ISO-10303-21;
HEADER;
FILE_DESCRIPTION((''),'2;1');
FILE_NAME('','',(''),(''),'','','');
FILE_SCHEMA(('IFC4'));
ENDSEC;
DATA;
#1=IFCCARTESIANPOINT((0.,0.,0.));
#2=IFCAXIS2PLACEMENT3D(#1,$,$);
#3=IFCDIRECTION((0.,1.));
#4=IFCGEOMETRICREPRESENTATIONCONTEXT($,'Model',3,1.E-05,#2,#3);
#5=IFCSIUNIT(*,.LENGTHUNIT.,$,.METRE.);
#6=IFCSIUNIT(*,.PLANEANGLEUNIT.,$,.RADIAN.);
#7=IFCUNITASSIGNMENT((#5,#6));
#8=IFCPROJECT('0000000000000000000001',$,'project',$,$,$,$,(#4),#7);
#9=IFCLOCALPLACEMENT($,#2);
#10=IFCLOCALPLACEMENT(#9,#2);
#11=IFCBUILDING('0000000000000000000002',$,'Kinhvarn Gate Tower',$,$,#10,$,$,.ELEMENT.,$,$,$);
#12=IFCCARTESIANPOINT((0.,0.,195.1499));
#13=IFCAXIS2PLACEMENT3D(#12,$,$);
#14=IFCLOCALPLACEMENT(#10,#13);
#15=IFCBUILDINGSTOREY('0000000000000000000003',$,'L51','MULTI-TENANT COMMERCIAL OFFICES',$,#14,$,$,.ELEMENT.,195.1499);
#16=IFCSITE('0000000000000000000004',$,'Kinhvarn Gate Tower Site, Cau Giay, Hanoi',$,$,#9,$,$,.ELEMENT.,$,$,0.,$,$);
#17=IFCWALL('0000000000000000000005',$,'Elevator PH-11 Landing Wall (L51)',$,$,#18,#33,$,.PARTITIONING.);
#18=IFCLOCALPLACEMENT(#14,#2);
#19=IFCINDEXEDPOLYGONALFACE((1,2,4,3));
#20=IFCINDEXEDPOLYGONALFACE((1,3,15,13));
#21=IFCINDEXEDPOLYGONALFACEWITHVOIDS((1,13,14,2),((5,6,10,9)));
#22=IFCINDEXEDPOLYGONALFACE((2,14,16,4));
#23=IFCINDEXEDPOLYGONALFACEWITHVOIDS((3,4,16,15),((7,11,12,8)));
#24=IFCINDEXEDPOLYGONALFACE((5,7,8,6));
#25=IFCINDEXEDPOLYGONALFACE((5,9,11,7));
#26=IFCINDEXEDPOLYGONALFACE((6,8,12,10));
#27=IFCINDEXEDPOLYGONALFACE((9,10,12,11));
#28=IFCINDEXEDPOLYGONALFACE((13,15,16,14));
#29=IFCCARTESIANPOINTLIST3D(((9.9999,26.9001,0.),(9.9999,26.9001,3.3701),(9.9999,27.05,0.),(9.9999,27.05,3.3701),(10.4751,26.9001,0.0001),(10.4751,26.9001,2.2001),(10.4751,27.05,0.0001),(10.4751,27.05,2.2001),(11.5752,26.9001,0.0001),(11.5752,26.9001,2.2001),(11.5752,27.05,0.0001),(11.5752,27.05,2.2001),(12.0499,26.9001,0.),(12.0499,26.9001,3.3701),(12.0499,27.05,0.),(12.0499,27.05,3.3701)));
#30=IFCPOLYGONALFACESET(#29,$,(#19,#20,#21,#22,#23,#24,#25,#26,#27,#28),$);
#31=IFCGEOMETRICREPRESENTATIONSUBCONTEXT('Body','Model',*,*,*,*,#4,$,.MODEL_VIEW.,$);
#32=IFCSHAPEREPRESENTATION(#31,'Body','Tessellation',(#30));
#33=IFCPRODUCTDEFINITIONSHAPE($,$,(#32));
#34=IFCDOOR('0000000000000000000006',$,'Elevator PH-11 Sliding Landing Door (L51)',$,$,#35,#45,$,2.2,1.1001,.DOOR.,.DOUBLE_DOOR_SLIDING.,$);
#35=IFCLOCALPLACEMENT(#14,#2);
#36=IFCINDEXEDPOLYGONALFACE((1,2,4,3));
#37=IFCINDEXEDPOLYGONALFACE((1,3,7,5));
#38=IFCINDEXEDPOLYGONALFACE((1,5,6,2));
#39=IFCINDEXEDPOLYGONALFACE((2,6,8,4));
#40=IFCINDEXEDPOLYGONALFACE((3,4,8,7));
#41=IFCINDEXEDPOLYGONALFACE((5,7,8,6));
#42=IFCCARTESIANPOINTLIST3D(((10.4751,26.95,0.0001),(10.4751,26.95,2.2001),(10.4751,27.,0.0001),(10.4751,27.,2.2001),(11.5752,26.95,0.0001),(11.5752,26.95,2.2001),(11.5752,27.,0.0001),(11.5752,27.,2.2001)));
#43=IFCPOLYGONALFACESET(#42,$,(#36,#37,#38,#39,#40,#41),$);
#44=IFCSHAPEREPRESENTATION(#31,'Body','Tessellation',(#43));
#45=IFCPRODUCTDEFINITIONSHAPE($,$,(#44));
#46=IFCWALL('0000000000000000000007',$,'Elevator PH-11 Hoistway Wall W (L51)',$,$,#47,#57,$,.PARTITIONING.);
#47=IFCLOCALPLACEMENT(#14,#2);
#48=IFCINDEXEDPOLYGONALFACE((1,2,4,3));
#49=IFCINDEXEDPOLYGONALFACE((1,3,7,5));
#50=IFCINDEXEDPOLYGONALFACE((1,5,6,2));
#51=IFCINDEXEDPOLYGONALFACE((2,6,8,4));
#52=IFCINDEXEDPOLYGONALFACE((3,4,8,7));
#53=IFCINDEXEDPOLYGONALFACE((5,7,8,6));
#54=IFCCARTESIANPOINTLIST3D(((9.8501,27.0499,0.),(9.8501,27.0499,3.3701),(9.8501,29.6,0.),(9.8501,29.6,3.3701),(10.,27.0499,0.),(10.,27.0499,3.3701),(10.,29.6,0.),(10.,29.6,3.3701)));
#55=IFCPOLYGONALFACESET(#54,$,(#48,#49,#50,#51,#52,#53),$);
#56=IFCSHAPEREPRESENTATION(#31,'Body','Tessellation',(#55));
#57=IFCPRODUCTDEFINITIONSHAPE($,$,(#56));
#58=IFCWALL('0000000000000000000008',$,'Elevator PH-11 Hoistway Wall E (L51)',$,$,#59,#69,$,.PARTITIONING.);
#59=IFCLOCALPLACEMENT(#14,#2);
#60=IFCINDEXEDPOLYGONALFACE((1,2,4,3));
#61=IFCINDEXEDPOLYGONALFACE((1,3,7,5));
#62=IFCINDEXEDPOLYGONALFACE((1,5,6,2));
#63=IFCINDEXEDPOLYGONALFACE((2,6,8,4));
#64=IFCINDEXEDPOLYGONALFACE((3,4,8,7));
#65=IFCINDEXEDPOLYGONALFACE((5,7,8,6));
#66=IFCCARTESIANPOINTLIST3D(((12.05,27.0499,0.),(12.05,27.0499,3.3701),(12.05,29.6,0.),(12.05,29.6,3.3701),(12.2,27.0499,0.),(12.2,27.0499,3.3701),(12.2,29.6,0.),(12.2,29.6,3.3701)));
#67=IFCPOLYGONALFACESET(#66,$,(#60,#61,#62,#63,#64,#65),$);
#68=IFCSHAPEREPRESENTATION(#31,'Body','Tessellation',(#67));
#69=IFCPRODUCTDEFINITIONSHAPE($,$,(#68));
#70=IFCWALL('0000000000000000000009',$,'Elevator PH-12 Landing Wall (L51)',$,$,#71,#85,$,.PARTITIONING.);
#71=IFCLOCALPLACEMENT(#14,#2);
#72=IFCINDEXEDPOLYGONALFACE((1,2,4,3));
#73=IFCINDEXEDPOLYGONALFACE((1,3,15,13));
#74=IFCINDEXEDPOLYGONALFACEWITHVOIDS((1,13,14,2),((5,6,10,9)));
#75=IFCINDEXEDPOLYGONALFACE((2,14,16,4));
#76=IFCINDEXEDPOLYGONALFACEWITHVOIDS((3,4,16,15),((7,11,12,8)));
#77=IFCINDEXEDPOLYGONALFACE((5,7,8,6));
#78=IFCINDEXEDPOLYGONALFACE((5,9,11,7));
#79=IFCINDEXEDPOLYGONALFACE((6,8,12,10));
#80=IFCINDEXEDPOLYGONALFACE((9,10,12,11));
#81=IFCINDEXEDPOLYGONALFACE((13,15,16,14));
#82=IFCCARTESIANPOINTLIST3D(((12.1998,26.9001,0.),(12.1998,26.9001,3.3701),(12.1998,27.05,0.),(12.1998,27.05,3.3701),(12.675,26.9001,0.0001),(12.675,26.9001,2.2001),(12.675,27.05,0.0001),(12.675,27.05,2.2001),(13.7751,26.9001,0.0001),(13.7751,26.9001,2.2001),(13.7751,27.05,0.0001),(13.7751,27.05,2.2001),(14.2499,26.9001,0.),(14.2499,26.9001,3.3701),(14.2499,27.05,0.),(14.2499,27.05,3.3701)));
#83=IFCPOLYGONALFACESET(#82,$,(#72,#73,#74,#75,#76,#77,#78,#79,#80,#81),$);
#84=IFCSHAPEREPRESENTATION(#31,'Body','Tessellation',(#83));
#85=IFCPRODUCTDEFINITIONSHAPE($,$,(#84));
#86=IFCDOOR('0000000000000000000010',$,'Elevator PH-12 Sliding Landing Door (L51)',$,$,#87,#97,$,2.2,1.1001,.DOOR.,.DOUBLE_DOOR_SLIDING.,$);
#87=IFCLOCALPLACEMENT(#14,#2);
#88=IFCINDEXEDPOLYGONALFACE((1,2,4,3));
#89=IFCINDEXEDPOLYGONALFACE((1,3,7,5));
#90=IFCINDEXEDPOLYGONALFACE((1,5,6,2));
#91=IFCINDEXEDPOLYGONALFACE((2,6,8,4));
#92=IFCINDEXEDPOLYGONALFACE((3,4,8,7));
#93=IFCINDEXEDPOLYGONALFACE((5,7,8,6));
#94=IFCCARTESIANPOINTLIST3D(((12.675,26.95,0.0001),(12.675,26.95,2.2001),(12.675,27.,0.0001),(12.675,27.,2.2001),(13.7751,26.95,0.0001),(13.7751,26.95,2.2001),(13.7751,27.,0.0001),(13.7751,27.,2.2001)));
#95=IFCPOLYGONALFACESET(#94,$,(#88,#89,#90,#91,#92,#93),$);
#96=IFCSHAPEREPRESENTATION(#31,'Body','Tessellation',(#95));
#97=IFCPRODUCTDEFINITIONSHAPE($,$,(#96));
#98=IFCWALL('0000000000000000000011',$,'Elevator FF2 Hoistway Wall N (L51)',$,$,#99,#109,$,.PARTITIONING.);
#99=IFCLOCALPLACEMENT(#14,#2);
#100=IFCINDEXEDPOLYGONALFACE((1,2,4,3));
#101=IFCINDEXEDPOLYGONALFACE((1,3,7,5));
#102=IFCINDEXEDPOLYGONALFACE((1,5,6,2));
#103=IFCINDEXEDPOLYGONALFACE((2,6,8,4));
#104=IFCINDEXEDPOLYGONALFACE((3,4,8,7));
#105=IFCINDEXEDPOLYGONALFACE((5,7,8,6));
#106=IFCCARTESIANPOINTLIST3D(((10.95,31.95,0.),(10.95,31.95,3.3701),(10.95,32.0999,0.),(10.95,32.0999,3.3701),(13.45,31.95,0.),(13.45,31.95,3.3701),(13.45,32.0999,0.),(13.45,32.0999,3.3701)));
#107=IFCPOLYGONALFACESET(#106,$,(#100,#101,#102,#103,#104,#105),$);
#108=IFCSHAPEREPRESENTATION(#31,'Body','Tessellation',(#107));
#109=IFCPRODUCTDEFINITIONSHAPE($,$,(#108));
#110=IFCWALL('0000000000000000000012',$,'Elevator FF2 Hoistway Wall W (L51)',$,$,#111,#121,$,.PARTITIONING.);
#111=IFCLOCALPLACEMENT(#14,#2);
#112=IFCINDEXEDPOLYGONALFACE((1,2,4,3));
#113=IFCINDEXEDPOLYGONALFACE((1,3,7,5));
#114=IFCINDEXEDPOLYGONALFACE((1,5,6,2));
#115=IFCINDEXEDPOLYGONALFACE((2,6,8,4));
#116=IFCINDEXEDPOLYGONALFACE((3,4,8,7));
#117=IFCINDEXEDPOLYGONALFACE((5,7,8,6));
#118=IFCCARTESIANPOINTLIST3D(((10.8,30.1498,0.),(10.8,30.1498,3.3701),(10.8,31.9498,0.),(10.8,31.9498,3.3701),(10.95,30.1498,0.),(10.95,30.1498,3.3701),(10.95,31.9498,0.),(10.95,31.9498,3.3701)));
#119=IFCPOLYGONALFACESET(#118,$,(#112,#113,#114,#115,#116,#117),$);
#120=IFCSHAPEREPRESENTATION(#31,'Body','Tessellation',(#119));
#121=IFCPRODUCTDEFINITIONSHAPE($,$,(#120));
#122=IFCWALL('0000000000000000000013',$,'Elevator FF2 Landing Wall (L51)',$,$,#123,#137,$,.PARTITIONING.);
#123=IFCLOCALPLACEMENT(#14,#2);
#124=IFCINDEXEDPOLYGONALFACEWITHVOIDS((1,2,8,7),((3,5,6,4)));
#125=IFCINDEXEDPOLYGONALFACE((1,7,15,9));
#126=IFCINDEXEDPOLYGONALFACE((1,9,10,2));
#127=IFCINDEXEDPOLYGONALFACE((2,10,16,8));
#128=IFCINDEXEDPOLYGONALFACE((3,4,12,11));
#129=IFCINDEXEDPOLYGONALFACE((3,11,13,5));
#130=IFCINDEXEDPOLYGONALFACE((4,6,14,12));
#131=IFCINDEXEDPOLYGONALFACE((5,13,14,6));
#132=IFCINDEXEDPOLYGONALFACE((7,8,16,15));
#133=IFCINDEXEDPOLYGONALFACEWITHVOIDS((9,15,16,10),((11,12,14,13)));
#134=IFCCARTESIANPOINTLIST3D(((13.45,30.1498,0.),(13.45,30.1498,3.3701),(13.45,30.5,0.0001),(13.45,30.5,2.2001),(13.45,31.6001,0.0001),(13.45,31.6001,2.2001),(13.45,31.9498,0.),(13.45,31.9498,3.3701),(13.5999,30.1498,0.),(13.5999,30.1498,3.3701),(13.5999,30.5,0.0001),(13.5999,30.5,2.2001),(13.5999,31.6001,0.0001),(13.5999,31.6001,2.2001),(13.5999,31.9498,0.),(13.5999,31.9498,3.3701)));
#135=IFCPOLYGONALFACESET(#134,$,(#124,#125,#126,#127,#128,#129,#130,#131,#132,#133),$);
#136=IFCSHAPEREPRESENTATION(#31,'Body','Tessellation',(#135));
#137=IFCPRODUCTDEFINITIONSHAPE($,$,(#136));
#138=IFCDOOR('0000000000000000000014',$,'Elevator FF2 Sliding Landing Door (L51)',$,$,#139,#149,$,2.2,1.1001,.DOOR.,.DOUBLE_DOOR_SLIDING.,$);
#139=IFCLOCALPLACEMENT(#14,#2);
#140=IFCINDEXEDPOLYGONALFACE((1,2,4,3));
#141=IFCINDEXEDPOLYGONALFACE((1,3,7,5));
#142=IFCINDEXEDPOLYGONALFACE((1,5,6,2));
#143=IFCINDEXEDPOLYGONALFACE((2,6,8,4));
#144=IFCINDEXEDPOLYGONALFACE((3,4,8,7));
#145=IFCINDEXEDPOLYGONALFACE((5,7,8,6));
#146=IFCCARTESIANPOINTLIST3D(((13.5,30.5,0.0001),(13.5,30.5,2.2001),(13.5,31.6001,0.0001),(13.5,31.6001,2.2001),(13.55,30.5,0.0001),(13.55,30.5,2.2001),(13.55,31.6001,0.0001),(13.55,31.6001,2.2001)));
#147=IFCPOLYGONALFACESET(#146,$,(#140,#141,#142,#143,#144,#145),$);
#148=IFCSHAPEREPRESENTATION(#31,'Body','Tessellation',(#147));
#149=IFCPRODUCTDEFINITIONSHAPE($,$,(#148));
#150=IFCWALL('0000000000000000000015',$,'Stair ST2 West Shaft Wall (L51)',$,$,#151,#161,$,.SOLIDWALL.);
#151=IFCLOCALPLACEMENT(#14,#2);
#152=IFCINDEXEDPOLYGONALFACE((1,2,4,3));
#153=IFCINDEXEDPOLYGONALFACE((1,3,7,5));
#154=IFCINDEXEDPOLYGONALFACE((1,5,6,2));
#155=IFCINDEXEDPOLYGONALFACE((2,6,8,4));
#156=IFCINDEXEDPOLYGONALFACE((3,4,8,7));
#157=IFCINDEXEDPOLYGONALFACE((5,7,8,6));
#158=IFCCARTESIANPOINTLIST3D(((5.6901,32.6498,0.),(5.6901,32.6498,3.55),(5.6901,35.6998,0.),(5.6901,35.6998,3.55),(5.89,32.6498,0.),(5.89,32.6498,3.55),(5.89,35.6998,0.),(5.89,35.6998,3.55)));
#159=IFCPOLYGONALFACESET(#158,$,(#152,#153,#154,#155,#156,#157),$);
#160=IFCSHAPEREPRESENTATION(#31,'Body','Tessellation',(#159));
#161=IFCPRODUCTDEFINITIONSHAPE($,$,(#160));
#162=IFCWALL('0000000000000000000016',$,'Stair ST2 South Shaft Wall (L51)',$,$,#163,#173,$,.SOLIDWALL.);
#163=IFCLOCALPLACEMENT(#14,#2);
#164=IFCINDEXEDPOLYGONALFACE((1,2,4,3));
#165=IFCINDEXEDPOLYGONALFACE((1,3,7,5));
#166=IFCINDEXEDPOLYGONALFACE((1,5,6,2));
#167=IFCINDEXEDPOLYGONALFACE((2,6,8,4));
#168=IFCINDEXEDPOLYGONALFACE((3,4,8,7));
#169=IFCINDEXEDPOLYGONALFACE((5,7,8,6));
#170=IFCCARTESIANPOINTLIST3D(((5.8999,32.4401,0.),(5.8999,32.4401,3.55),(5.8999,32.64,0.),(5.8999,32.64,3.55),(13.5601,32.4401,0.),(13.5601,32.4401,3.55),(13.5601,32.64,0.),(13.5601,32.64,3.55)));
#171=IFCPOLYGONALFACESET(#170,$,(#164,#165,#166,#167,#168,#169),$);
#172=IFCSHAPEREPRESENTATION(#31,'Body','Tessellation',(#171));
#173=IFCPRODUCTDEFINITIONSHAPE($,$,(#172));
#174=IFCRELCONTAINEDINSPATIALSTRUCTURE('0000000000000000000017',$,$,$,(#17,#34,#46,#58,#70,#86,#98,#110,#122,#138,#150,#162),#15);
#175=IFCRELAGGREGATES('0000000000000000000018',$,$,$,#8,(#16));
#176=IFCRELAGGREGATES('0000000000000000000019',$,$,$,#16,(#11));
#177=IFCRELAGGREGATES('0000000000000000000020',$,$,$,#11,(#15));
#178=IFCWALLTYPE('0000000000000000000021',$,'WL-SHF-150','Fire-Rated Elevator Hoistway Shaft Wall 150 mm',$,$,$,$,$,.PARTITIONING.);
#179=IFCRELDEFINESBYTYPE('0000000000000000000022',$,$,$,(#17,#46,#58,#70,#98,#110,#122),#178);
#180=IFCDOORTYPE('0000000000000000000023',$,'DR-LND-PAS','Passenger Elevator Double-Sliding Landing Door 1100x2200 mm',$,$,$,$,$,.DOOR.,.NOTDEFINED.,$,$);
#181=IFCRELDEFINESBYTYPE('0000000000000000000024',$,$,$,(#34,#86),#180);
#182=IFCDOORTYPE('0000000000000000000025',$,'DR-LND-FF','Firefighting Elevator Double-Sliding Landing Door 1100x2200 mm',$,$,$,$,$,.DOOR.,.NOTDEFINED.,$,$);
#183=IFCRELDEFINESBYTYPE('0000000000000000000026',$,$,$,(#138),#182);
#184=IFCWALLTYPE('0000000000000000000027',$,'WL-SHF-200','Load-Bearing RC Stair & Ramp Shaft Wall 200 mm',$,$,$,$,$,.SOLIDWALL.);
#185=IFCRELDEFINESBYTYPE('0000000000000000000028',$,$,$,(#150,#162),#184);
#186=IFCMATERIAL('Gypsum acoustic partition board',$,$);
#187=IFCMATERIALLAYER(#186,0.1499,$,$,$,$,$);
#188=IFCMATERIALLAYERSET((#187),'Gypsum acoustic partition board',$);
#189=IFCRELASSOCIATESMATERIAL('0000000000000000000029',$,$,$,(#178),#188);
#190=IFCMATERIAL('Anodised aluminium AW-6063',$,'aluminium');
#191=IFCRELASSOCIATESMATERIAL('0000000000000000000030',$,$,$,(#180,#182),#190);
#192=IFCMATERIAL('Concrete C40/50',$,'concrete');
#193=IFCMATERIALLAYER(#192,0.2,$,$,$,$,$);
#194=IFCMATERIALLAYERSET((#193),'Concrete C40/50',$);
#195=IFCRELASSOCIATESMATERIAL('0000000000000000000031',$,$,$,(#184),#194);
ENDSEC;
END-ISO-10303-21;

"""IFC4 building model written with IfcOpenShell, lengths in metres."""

from ifc_helpers import new_model, si_unit, direction, frame, frame_2d, origin, place, context, subcontext, project, spatial, rectangle, extrude, material, layer, layer_set, type_object, element, fill, save


model = new_model("IFC4")

# Units and contexts
model_context = context("Model", 3, precision=1e-05, world=origin(), true_north=direction((0.0, 1.0)))
body_context = subcontext(model_context, "Body", "Model", "MODEL_VIEW")
ifc_project = project(units=[si_unit("LENGTHUNIT", "METRE"), si_unit("PLANEANGLEUNIT", "RADIAN")], contexts=[model_context])

# Site, building, storey
site_placement = place(None, origin())
site = spatial("IfcSite", under=ifc_project, at=site_placement, Name="Kinhvarn Gate Tower Site, Cau Giay, Hanoi", CompositionType="ELEMENT", RefElevation=0.0)
building_placement = place(site_placement, origin())
building = spatial("IfcBuilding", under=site, at=building_placement, Name="Kinhvarn Gate Tower", CompositionType="ELEMENT")
storey_placement = place(building_placement, frame((0.0, 0.0, 195.1499)))
storey = spatial("IfcBuildingStorey", under=building, at=storey_placement, Name="L51", Description="MULTI-TENANT COMMERCIAL OFFICES", CompositionType="ELEMENT", Elevation=195.1499)

# Shared definitions
ifc_material_1 = material(Name="Gypsum acoustic partition board")

# Shared definitions
ifc_material_2 = material(Name="Anodised aluminium AW-6063", Category="aluminium")

# Wall, opening, door
ifc_layer_1 = layer(ifc_material_1, 0.1499)
ifc_layer_set_1 = layer_set([ifc_layer_1], Name="Gypsum acoustic partition board")
wall_type_1 = type_object("IfcWallType", Name="WL-SHF-150", Description="Fire-Rated Elevator Hoistway Shaft Wall 150 mm", PredefinedType="PARTITIONING", material=ifc_layer_set_1)
door_type_1 = type_object("IfcDoorType", Name="DR-LND-PAS", Description="Passenger Elevator Double-Sliding Landing Door 1100x2200 mm", OperationType="NOTDEFINED", PredefinedType="DOOR", material=ifc_material_2)
wall_1_placement = place(storey_placement, frame((10.0, 26.9751, 0.0), z_axis=(0.0, 0.0, 1.0), x_axis=(1.0, 0.0, 0.0)))
wall_1 = element("IfcWall", 1, at=wall_1_placement, inside=storey, type_object=wall_type_1, Name="Elevator PH-11 Landing Wall (L51)", PredefinedType="PARTITIONING", context=body_context, shape_type="SweptSolid", body=[
    extrude(rectangle(XDim=2.05, YDim=0.1499, at=frame_2d((1.0249, 0.0))), origin(), (0.0, 0.0, 1.0), 3.3701),
])
opening_1_placement = place(wall_1_placement, frame((0.4751, 0.0, 0.0)))
opening_1 = element("IfcOpeningElement", 2, at=opening_1_placement, cuts=wall_1, PredefinedType="OPENING", context=body_context, shape_type="SweptSolid", body=[
    extrude(rectangle(XDim=1.1001, YDim=2.2, at=frame_2d((0.55, 1.1001))), frame((0.0, 0.085, 0.0), z_axis=(0.0, -1.0, 0.0), x_axis=(1.0, 0.0, 0.0)), (0.0, 0.0, 1.0), 0.1699),
])
door_1_placement = place(opening_1_placement, origin())
door_1 = element("IfcDoor", 3, at=door_1_placement, inside=storey, type_object=door_type_1, Name="Elevator PH-11 Sliding Landing Door (L51)", OperationType="DOUBLE_DOOR_SLIDING", OverallHeight=2.2, OverallWidth=1.1001, PredefinedType="DOOR", context=body_context, shape_type="SweptSolid", body=[
    extrude(rectangle(XDim=1.1001, YDim=2.2, at=frame_2d((0.55, 1.1001))), frame((0.0, 0.0249, 0.0), z_axis=(0.0, -1.0, 0.0), x_axis=(1.0, 0.0, 0.0)), (0.0, 0.0, 1.0), 0.05),
])
fill(opening_1, door_1)

# Walls
for number, where, z_axis, x_axis, name in (
    (4, (9.925, 27.05, 0.0), (0.0, 0.0, 1.0), (0.0, 1.0, 0.0), "Elevator PH-11 Hoistway Wall W (L51)"),
    (5, (12.125, 27.05, 0.0), (0.0, 0.0, 1.0), (0.0, 1.0, 0.0), "Elevator PH-11 Hoistway Wall E (L51)"),
):
    element("IfcWall", number, at=place(storey_placement, frame(where, z_axis=z_axis, x_axis=x_axis)), inside=storey, type_object=wall_type_1, Name=name, PredefinedType="PARTITIONING", context=body_context, shape_type="SweptSolid", body=[
        extrude(rectangle(XDim=2.55, YDim=0.1499, at=frame_2d((1.2749, 0.0))), origin(), (0.0, 0.0, 1.0), 3.3701),
    ])

# Wall, opening, door
wall_2_placement = place(storey_placement, frame((12.2, 26.9751, 0.0), z_axis=(0.0, 0.0, 1.0), x_axis=(1.0, 0.0, 0.0)))
wall_2 = element("IfcWall", 6, at=wall_2_placement, inside=storey, type_object=wall_type_1, Name="Elevator PH-12 Landing Wall (L51)", PredefinedType="PARTITIONING", context=body_context, shape_type="SweptSolid", body=[
    extrude(rectangle(XDim=2.05, YDim=0.1499, at=frame_2d((1.0249, 0.0))), origin(), (0.0, 0.0, 1.0), 3.3701),
])
opening_2_placement = place(wall_2_placement, frame((0.4751, 0.0, 0.0)))
opening_2 = element("IfcOpeningElement", 7, at=opening_2_placement, cuts=wall_2, PredefinedType="OPENING", context=body_context, shape_type="SweptSolid", body=[
    extrude(rectangle(XDim=1.1001, YDim=2.2, at=frame_2d((0.55, 1.1001))), frame((0.0, 0.085, 0.0), z_axis=(0.0, -1.0, 0.0), x_axis=(1.0, 0.0, 0.0)), (0.0, 0.0, 1.0), 0.1699),
])
door_2_placement = place(opening_2_placement, origin())
door_2 = element("IfcDoor", 8, at=door_2_placement, inside=storey, type_object=door_type_1, Name="Elevator PH-12 Sliding Landing Door (L51)", OperationType="DOUBLE_DOOR_SLIDING", OverallHeight=2.2, OverallWidth=1.1001, PredefinedType="DOOR", context=body_context, shape_type="SweptSolid", body=[
    extrude(rectangle(XDim=1.1001, YDim=2.2, at=frame_2d((0.55, 1.1001))), frame((0.0, 0.0249, 0.0), z_axis=(0.0, -1.0, 0.0), x_axis=(1.0, 0.0, 0.0)), (0.0, 0.0, 1.0), 0.05),
])
fill(opening_2, door_2)

# Walls
wall_3_placement = place(storey_placement, frame((10.95, 32.0249, 0.0), z_axis=(0.0, 0.0, 1.0), x_axis=(1.0, 0.0, 0.0)))
element("IfcWall", 9, at=wall_3_placement, inside=storey, type_object=wall_type_1, Name="Elevator FF2 Hoistway Wall N (L51)", PredefinedType="PARTITIONING", context=body_context, shape_type="SweptSolid", body=[
    extrude(rectangle(XDim=2.5, YDim=0.1499, at=frame_2d((1.25, 0.0))), origin(), (0.0, 0.0, 1.0), 3.3701),
])
wall_4_placement = place(storey_placement, frame((10.875, 30.1499, 0.0), z_axis=(0.0, 0.0, 1.0), x_axis=(0.0, 1.0, 0.0)))
element("IfcWall", 10, at=wall_4_placement, inside=storey, type_object=wall_type_1, Name="Elevator FF2 Hoistway Wall W (L51)", PredefinedType="PARTITIONING", context=body_context, shape_type="SweptSolid", body=[
    extrude(rectangle(XDim=1.8, YDim=0.1499, at=frame_2d((0.8999, 0.0))), origin(), (0.0, 0.0, 1.0), 3.3701),
])

# Wall, opening, door
wall_5_placement = place(storey_placement, frame((13.5249, 30.1499, 0.0), z_axis=(0.0, 0.0, 1.0), x_axis=(0.0, 1.0, 0.0)))
wall_5 = element("IfcWall", 11, at=wall_5_placement, inside=storey, type_object=wall_type_1, Name="Elevator FF2 Landing Wall (L51)", PredefinedType="PARTITIONING", context=body_context, shape_type="SweptSolid", body=[
    extrude(rectangle(XDim=1.8, YDim=0.1499, at=frame_2d((0.8999, 0.0))), origin(), (0.0, 0.0, 1.0), 3.3701),
])
opening_3_placement = place(wall_5_placement, frame((0.3501, 0.0, 0.0)))
opening_3 = element("IfcOpeningElement", 12, at=opening_3_placement, cuts=wall_5, PredefinedType="OPENING", context=body_context, shape_type="SweptSolid", body=[
    extrude(rectangle(XDim=1.1001, YDim=2.2, at=frame_2d((0.55, 1.1001))), frame((0.0, 0.085, 0.0), z_axis=(0.0, -1.0, 0.0), x_axis=(1.0, 0.0, 0.0)), (0.0, 0.0, 1.0), 0.1699),
])
door_type_2 = type_object("IfcDoorType", Name="DR-LND-FF", Description="Firefighting Elevator Double-Sliding Landing Door 1100x2200 mm", OperationType="NOTDEFINED", PredefinedType="DOOR", material=ifc_material_2)
door_3_placement = place(opening_3_placement, origin())
door_3 = element("IfcDoor", 13, at=door_3_placement, inside=storey, type_object=door_type_2, Name="Elevator FF2 Sliding Landing Door (L51)", OperationType="DOUBLE_DOOR_SLIDING", OverallHeight=2.2, OverallWidth=1.1001, PredefinedType="DOOR", context=body_context, shape_type="SweptSolid", body=[
    extrude(rectangle(XDim=1.1001, YDim=2.2, at=frame_2d((0.55, 1.1001))), frame((0.0, 0.0249, 0.0), z_axis=(0.0, -1.0, 0.0), x_axis=(1.0, 0.0, 0.0)), (0.0, 0.0, 1.0), 0.05),
])
fill(opening_3, door_3)

# Walls
ifc_material_3 = material(Name="Concrete C40/50", Category="concrete")
ifc_layer_2 = layer(ifc_material_3, 0.2)
ifc_layer_set_2 = layer_set([ifc_layer_2], Name="Concrete C40/50")
wall_type_2 = type_object("IfcWallType", Name="WL-SHF-200", Description="Load-Bearing RC Stair & Ramp Shaft Wall 200 mm", PredefinedType="SOLIDWALL", material=ifc_layer_set_2)
wall_6_placement = place(storey_placement, frame((5.79, 32.6499, 0.0), z_axis=(0.0, 0.0, 1.0), x_axis=(0.0, 1.0, 0.0)))
element("IfcWall", 14, at=wall_6_placement, inside=storey, type_object=wall_type_2, Name="Stair ST2 West Shaft Wall (L51)", PredefinedType="SOLIDWALL", context=body_context, shape_type="SweptSolid", body=[
    extrude(rectangle(XDim=3.05, YDim=0.2, at=frame_2d((1.5249, 0.0))), origin(), (0.0, 0.0, 1.0), 3.55),
])
wall_7_placement = place(storey_placement, frame((5.8999, 32.54, 0.0), z_axis=(0.0, 0.0, 1.0), x_axis=(1.0, 0.0, 0.0)))
element("IfcWall", 15, at=wall_7_placement, inside=storey, type_object=wall_type_2, Name="Stair ST2 South Shaft Wall (L51)", PredefinedType="SOLIDWALL", context=body_context, shape_type="SweptSolid", body=[
    extrude(rectangle(XDim=7.6602, YDim=0.2, at=frame_2d((3.8301, 0.0))), origin(), (0.0, 0.0, 1.0), 3.55),
])

save(model, "model.ifc")
